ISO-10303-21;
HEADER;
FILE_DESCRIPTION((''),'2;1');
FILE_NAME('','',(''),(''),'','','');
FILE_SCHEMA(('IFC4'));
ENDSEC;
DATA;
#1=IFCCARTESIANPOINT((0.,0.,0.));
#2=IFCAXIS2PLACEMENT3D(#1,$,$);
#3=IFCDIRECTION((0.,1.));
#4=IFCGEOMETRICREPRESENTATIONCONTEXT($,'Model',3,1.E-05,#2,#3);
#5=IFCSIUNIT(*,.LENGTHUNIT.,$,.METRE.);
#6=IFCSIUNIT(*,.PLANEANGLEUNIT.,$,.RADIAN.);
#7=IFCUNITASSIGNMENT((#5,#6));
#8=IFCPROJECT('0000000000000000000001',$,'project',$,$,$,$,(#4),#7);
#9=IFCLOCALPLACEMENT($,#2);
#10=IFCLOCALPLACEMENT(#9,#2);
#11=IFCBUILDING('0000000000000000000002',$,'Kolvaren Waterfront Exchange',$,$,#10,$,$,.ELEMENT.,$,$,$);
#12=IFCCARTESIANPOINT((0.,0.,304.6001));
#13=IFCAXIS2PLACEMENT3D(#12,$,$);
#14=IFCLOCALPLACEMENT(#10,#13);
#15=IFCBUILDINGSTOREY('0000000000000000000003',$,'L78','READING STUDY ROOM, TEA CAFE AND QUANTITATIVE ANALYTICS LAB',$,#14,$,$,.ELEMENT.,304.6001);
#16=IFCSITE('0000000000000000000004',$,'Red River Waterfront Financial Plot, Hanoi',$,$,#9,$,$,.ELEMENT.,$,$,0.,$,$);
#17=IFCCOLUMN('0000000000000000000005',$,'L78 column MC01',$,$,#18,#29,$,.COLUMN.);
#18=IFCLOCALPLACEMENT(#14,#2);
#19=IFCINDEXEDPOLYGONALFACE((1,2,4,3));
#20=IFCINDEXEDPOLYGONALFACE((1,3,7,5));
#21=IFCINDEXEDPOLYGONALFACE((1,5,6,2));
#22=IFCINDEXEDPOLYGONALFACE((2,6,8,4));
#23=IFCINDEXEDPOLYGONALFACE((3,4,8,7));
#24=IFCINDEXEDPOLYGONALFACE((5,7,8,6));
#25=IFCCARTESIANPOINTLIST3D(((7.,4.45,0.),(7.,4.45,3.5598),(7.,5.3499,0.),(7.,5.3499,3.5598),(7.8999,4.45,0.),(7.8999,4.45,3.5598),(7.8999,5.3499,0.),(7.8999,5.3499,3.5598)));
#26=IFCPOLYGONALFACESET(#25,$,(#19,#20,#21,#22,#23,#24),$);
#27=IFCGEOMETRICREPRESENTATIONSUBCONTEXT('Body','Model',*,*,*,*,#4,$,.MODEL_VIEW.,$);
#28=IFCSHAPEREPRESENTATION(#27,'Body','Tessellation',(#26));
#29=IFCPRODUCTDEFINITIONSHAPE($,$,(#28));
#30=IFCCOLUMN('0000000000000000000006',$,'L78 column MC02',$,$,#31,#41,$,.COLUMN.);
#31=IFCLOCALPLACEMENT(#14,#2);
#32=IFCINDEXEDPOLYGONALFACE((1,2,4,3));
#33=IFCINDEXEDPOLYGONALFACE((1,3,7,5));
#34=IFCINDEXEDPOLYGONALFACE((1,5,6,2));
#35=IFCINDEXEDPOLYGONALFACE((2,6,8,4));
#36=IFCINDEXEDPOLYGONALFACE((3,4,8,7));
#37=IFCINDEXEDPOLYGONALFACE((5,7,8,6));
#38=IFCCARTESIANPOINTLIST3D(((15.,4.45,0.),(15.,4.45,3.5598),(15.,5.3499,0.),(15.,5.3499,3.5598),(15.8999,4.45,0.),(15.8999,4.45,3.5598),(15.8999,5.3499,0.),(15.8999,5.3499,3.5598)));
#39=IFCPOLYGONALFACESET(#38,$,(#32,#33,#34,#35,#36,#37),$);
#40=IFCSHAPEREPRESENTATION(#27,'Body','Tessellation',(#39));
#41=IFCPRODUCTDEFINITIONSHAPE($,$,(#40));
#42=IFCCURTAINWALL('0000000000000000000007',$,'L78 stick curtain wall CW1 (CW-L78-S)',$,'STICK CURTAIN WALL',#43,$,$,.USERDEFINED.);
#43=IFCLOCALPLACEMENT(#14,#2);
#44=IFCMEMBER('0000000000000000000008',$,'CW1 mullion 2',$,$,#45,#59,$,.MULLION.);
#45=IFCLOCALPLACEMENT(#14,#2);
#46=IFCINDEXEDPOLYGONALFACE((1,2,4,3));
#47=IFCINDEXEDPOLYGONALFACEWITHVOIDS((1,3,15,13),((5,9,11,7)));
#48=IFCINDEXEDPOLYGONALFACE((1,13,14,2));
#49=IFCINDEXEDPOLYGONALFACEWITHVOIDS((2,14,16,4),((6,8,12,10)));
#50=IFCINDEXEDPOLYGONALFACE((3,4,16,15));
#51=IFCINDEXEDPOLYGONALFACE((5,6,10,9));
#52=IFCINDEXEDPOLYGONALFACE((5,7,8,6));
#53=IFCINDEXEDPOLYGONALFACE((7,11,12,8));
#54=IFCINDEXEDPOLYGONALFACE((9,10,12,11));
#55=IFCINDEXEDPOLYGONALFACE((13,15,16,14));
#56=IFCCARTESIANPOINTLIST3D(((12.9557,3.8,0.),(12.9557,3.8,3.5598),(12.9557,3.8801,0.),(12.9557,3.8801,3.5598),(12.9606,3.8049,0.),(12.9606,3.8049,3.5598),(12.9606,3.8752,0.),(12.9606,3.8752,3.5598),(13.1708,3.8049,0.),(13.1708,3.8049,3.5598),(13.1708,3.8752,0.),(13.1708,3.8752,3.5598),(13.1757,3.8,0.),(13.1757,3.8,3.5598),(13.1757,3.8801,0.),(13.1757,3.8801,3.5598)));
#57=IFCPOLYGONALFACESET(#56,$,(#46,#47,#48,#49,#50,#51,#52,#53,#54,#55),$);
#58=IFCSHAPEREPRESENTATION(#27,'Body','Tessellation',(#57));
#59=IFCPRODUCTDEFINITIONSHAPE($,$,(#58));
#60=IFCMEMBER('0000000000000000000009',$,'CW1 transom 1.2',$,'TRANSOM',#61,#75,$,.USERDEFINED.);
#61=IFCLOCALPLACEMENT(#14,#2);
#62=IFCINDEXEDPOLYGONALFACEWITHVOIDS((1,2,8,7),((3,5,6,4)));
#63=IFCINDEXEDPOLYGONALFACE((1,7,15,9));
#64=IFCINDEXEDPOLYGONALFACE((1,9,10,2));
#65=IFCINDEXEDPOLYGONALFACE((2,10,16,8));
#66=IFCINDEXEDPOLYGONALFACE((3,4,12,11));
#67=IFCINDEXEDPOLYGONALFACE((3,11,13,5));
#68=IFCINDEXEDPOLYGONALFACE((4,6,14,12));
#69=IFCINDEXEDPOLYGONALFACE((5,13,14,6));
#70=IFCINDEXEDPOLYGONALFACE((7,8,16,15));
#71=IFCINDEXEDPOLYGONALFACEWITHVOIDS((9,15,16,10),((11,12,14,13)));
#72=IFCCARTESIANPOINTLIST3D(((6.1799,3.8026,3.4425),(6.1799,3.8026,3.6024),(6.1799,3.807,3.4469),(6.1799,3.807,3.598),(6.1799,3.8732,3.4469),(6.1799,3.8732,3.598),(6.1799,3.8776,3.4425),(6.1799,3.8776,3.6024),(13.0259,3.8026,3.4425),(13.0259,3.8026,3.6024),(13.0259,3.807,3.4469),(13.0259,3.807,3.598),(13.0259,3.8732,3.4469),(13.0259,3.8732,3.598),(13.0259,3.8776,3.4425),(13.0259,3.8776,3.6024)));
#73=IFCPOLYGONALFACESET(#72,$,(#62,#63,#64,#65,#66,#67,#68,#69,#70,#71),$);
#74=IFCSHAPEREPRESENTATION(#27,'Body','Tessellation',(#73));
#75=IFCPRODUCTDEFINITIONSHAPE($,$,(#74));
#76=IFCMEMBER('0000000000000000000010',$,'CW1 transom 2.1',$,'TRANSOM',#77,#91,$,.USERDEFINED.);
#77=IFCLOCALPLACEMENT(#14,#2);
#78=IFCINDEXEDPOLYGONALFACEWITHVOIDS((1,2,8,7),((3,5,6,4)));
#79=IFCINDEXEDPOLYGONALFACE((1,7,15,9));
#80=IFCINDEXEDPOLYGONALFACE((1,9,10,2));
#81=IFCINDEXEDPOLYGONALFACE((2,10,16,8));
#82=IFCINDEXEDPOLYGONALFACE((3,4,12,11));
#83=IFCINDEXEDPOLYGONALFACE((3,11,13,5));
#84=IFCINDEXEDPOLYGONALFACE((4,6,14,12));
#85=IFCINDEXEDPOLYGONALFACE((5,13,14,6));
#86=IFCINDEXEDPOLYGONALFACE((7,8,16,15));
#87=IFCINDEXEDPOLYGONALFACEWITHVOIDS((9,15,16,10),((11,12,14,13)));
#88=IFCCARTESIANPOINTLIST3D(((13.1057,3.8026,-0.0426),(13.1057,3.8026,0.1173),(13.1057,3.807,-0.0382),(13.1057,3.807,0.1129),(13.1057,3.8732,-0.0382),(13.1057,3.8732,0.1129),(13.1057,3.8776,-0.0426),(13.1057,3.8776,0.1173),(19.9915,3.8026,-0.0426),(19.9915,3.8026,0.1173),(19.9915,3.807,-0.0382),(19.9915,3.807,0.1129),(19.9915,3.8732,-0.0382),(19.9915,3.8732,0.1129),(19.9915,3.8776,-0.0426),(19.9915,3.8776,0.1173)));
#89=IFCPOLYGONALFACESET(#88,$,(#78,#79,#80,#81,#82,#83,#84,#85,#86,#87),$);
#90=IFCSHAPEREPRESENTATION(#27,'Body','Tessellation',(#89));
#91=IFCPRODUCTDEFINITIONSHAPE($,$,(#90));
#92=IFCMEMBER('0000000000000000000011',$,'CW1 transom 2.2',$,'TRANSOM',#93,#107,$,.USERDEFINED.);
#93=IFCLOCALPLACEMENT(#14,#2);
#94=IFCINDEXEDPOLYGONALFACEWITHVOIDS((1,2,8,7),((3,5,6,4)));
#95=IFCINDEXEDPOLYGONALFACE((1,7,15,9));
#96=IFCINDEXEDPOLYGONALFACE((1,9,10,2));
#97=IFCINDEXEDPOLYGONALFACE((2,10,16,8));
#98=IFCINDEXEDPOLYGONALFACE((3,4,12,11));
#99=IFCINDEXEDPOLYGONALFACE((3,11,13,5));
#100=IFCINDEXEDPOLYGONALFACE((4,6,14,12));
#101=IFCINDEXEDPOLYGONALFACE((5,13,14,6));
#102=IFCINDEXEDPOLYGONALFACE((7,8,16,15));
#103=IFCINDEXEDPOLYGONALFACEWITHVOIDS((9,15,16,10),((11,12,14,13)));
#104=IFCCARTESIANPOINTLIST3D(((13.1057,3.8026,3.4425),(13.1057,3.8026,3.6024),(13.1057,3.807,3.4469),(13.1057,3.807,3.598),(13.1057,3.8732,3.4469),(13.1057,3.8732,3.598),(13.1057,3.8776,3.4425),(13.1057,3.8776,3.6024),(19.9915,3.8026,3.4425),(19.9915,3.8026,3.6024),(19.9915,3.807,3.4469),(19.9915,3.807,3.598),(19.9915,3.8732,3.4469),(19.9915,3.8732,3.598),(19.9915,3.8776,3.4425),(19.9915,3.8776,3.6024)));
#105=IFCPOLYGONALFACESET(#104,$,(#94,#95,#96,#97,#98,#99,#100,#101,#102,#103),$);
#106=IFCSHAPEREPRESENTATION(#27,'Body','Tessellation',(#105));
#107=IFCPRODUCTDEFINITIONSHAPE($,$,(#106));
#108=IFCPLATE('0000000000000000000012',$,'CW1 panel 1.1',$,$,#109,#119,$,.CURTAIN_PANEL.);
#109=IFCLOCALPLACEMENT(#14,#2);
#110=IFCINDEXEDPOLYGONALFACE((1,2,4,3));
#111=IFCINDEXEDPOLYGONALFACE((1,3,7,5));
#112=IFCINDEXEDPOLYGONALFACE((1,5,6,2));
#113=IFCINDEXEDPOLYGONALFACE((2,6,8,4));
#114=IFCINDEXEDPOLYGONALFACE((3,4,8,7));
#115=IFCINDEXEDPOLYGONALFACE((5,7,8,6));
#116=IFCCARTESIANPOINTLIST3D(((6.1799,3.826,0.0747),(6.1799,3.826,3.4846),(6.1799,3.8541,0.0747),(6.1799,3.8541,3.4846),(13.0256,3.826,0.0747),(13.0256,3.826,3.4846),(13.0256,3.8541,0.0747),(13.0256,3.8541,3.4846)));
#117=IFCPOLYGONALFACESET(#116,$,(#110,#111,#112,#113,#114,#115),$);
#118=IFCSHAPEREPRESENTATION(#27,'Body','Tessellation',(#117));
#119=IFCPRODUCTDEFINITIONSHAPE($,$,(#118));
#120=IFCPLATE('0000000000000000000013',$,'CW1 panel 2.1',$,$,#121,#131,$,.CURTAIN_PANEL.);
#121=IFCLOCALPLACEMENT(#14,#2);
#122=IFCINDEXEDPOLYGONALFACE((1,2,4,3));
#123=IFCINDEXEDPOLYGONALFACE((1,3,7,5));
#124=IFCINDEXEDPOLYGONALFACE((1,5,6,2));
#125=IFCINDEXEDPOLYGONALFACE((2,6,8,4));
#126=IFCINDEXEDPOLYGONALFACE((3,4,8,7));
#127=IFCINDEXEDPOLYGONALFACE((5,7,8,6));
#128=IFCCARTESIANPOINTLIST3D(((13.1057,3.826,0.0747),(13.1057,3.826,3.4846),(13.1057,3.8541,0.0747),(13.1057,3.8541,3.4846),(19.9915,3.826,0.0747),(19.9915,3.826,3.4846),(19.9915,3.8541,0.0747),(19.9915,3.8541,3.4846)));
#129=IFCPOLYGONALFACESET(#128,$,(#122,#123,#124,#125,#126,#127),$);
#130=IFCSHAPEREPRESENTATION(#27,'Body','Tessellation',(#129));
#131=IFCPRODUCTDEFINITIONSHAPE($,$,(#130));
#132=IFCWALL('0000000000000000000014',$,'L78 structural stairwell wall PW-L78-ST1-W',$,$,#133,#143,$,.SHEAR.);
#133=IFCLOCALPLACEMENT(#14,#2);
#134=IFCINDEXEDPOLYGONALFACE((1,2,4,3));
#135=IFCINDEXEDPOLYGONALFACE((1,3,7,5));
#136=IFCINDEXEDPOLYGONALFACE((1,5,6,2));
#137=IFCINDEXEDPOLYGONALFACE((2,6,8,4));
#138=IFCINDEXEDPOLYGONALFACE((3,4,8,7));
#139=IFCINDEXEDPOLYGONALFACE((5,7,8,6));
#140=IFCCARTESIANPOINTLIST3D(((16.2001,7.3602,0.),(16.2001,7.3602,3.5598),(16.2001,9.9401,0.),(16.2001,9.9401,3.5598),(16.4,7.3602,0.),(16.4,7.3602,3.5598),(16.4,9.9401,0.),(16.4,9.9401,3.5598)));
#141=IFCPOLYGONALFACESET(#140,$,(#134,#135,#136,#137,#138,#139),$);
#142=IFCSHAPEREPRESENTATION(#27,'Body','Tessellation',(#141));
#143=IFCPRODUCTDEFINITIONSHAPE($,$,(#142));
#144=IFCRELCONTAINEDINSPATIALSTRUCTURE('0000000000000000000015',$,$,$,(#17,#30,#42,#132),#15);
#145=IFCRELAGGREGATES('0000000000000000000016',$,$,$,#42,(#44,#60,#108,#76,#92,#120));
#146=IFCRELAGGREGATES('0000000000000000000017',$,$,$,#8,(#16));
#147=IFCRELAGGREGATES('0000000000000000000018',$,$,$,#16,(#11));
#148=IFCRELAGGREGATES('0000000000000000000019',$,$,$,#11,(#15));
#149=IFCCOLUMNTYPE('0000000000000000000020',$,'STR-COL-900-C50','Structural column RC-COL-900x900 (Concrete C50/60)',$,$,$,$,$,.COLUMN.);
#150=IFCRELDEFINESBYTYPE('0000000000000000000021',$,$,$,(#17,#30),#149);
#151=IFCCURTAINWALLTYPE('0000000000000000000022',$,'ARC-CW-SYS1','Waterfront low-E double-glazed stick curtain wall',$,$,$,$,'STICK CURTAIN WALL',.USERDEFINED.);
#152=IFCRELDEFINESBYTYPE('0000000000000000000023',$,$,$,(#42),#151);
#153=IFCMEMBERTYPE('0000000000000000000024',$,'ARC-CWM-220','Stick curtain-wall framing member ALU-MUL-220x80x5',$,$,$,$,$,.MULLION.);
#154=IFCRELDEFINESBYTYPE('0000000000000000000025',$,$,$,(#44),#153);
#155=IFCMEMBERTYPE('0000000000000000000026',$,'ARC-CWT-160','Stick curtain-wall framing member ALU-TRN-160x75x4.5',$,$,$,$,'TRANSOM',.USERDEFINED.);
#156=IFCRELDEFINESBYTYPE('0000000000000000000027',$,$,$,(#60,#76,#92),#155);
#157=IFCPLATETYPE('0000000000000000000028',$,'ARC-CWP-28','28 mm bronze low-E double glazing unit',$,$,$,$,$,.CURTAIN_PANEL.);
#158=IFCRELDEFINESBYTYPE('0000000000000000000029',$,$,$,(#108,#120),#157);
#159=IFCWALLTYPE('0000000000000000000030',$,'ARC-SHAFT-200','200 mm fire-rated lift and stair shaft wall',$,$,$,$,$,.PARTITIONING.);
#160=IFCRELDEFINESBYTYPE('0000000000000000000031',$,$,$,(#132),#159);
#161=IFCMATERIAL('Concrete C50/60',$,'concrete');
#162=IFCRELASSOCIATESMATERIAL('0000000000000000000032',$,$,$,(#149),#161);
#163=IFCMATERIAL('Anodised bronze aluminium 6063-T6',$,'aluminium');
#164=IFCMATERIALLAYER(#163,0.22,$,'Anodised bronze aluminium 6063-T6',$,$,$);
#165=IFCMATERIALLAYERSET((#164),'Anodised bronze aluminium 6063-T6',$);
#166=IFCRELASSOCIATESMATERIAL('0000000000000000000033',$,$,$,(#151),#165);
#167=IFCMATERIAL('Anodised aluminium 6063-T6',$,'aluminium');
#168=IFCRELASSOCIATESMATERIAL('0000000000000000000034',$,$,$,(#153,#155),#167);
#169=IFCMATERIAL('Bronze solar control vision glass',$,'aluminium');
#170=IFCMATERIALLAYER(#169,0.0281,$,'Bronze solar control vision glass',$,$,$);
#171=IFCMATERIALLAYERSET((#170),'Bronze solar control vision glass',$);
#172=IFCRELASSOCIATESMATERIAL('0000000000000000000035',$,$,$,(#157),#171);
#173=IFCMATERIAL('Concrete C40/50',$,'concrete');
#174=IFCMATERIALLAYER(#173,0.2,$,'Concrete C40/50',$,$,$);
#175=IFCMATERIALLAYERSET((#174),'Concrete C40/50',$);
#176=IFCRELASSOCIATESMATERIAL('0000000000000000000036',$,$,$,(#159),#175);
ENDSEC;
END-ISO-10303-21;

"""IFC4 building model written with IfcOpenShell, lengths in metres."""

from ifc_helpers import new_model, si_unit, direction, frame, frame_2d, origin, origin_with_axes, origin_2d, place, context, subcontext, project, spatial, rectangle, hollow_rectangle, extrude, source, transform, mapped, material, layer, layer_set, material_profile, profile_set, type_object, element, aggregate, save


model = new_model("IFC4")

# Units and contexts
model_context = context("Model", 3, precision=1e-05, world=origin(), true_north=direction((0.0, 1.0)))
body_context = subcontext(model_context, "Body", "Model", "MODEL_VIEW")
ifc_project = project(units=[si_unit("LENGTHUNIT", "METRE"), si_unit("PLANEANGLEUNIT", "RADIAN")], contexts=[model_context])

# Site, building, storey
site_placement = place(None, origin())
site = spatial("IfcSite", under=ifc_project, at=site_placement, Name="Red River Waterfront Financial Plot, Hanoi", CompositionType="ELEMENT", RefElevation=0.0)
building_placement = place(site_placement, origin())
building = spatial("IfcBuilding", under=site, at=building_placement, Name="Kolvaren Waterfront Exchange", CompositionType="ELEMENT")
storey_placement = place(building_placement, frame((0.0, 0.0, 304.6001)))
storey = spatial("IfcBuildingStorey", under=building, at=storey_placement, Name="L78", Description="READING STUDY ROOM, TEA CAFE AND QUANTITATIVE ANALYTICS LAB", CompositionType="ELEMENT", Elevation=304.6001)

# Columns
ifc_material_1 = material(Name="Concrete C50/60", Category="concrete")
ifc_material_profile_1 = material_profile(ifc_material_1, rectangle(XDim=0.8999, YDim=0.8999, at=origin_2d()), Name="RC-COL-900x900")
ifc_profile_set_1 = profile_set([ifc_material_profile_1], Name="Concrete C50/60")
column_type = type_object("IfcColumnType", Name="STR-COL-900-C50", Description="Structural column RC-COL-900x900 (Concrete C50/60)", PredefinedType="COLUMN", material=ifc_profile_set_1)
for number, where, z_axis, x_axis, name in (
    (1, (7.45, 4.8999, 0.0), (0.0, 0.0, 1.0), (1.0, 0.0, 0.0), "L78 column MC01"),
    (2, (15.45, 4.8999, 0.0), (0.0, 0.0, 1.0), (1.0, 0.0, 0.0), "L78 column MC02"),
):
    element("IfcColumn", number, at=place(storey_placement, frame(where, z_axis=z_axis, x_axis=x_axis)), inside=storey, type_object=column_type, Name=name, PredefinedType="COLUMN", context=body_context, shape_type="SweptSolid", body=[
        extrude(rectangle(XDim=0.8999, YDim=0.8999, at=origin_2d()), origin(), (0.0, 0.0, 1.0), 3.5598),
    ])

# Curtain wall, members, plates
ifc_material_2 = material(Name="Anodised bronze aluminium 6063-T6", Category="aluminium")
ifc_layer_1 = layer(ifc_material_2, 0.22, Name="Anodised bronze aluminium 6063-T6")
ifc_layer_set_1 = layer_set([ifc_layer_1], Name="Anodised bronze aluminium 6063-T6")
curtain_wall_type = type_object("IfcCurtainWallType", Name="ARC-CW-SYS1", Description="Waterfront low-E double-glazed stick curtain wall", ElementType="STICK CURTAIN WALL", PredefinedType="USERDEFINED", material=ifc_layer_set_1)
curtain_wall_placement = place(storey_placement, origin())
curtain_wall = element("IfcCurtainWall", 3, at=curtain_wall_placement, inside=storey, type_object=curtain_wall_type, Name="L78 stick curtain wall CW1 (CW-L78-S)", ObjectType="STICK CURTAIN WALL", PredefinedType="USERDEFINED")
ifc_material_3 = material(Name="Anodised aluminium 6063-T6", Category="aluminium")
ifc_material_profile_2 = material_profile(ifc_material_3, hollow_rectangle(XDim=0.0801, YDim=0.22, WallThickness=0.0049, at=origin_2d()), Name="ALU-MUL-220x80x5")
ifc_profile_set_2 = profile_set([ifc_material_profile_2], Name="Anodised aluminium 6063-T6")
member_type_1 = type_object("IfcMemberType", Name="ARC-CWM-220", Description="Stick curtain-wall framing member ALU-MUL-220x80x5", PredefinedType="MULLION", material=ifc_profile_set_2)
shared_shape_1 = source(origin_with_axes(), body_context, "Body", "SweptSolid", [
    extrude(hollow_rectangle(XDim=0.0801, YDim=0.22, WallThickness=0.0049, at=origin_2d()), origin(), (0.0, 0.0, 1.0), 3.5598),
])
member_1_placement = place(storey_placement, frame((13.0657, 3.8401, 0.0), z_axis=(0.0, 0.0, 1.0), x_axis=(0.0, 1.0, 0.0)))
member_1 = element("IfcMember", 4, at=member_1_placement, type_object=member_type_1, Name="CW1 mullion 2", PredefinedType="MULLION", context=body_context, shape_type="MappedRepresentation", body=[
    mapped(shared_shape_1, transform((0.0, 0.0, 0.0), x_axis=(1.0, 0.0, 0.0), y_axis=(0.0, 1.0, 0.0), z_axis=(0.0, 0.0, 1.0), scale=1.0)),
])
ifc_material_profile_3 = material_profile(ifc_material_3, hollow_rectangle(XDim=0.075, YDim=0.1599, WallThickness=0.0044, at=origin_2d()), Name="ALU-TRN-160x75x4.5")
ifc_profile_set_3 = profile_set([ifc_material_profile_3], Name="Anodised aluminium 6063-T6")
member_type_2 = type_object("IfcMemberType", Name="ARC-CWT-160", Description="Stick curtain-wall framing member ALU-TRN-160x75x4.5", ElementType="TRANSOM", PredefinedType="USERDEFINED", material=ifc_profile_set_3)
shared_shape_2 = source(origin_with_axes(), body_context, "Body", "SweptSolid", [
    extrude(hollow_rectangle(XDim=0.075, YDim=0.1599, WallThickness=0.0044, at=origin_2d()), origin(), (0.0, 0.0, 1.0), 6.8459),
])
member_2_placement = place(storey_placement, frame((6.1799, 3.8401, 3.5225), z_axis=(1.0, 0.0, 0.0), x_axis=(0.0, 1.0, 0.0)))
member_2 = element("IfcMember", 5, at=member_2_placement, type_object=member_type_2, Name="CW1 transom 1.2", ObjectType="TRANSOM", PredefinedType="USERDEFINED", context=body_context, shape_type="MappedRepresentation", body=[
    mapped(shared_shape_2, transform((0.0, 0.0, 0.0), x_axis=(1.0, 0.0, 0.0), y_axis=(0.0, 1.0, 0.0), z_axis=(0.0, 0.0, 1.0), scale=1.0)),
])
shared_shape_3 = source(origin_with_axes(), body_context, "Body", "SweptSolid", [
    extrude(hollow_rectangle(XDim=0.075, YDim=0.1599, WallThickness=0.0044, at=origin_2d()), origin(), (0.0, 0.0, 1.0), 6.8857),
])
member_3_placement = place(storey_placement, frame((13.1057, 3.8401, 0.0374), z_axis=(1.0, 0.0, 0.0), x_axis=(0.0, 1.0, 0.0)))
member_3 = element("IfcMember", 6, at=member_3_placement, type_object=member_type_2, Name="CW1 transom 2.1", ObjectType="TRANSOM", PredefinedType="USERDEFINED", context=body_context, shape_type="MappedRepresentation", body=[
    mapped(shared_shape_3, transform((0.0, 0.0, 0.0), x_axis=(1.0, 0.0, 0.0), y_axis=(0.0, 1.0, 0.0), z_axis=(0.0, 0.0, 1.0), scale=1.0)),
])
member_4_placement = place(storey_placement, frame((13.1057, 3.8401, 3.5225), z_axis=(1.0, 0.0, 0.0), x_axis=(0.0, 1.0, 0.0)))
member_4 = element("IfcMember", 7, at=member_4_placement, type_object=member_type_2, Name="CW1 transom 2.2", ObjectType="TRANSOM", PredefinedType="USERDEFINED", context=body_context, shape_type="MappedRepresentation", body=[
    mapped(shared_shape_3, transform((0.0, 0.0, 0.0), x_axis=(1.0, 0.0, 0.0), y_axis=(0.0, 1.0, 0.0), z_axis=(0.0, 0.0, 1.0), scale=1.0)),
])
ifc_material_4 = material(Name="Bronze solar control vision glass", Category="aluminium")
ifc_layer_2 = layer(ifc_material_4, 0.0281, Name="Bronze solar control vision glass")
ifc_layer_set_2 = layer_set([ifc_layer_2], Name="Bronze solar control vision glass")
plate_type = type_object("IfcPlateType", Name="ARC-CWP-28", Description="28 mm bronze low-E double glazing unit", PredefinedType="CURTAIN_PANEL", material=ifc_layer_set_2)
shared_shape_4 = source(origin_with_axes(), body_context, "Body", "SweptSolid", [
    extrude(rectangle(XDim=6.8457, YDim=0.0281, at=origin_2d()), origin(), (0.0, 0.0, 1.0), 3.4099),
])
plate_1_placement = place(storey_placement, frame((9.6028, 3.8401, 0.0747), z_axis=(0.0, 0.0, 1.0), x_axis=(1.0, 0.0, 0.0)))
plate_1 = element("IfcPlate", 8, at=plate_1_placement, type_object=plate_type, Name="CW1 panel 1.1", PredefinedType="CURTAIN_PANEL", context=body_context, shape_type="MappedRepresentation", body=[
    mapped(shared_shape_4, transform((0.0, 0.0, 0.0), x_axis=(1.0, 0.0, 0.0), y_axis=(0.0, 1.0, 0.0), z_axis=(0.0, 0.0, 1.0), scale=1.0)),
])
shared_shape_5 = source(origin_with_axes(), body_context, "Body", "SweptSolid", [
    extrude(rectangle(XDim=6.8857, YDim=0.0281, at=origin_2d()), origin(), (0.0, 0.0, 1.0), 3.4099),
])
plate_2_placement = place(storey_placement, frame((16.5486, 3.8401, 0.0747), z_axis=(0.0, 0.0, 1.0), x_axis=(1.0, 0.0, 0.0)))
plate_2 = element("IfcPlate", 9, at=plate_2_placement, type_object=plate_type, Name="CW1 panel 2.1", PredefinedType="CURTAIN_PANEL", context=body_context, shape_type="MappedRepresentation", body=[
    mapped(shared_shape_5, transform((0.0, 0.0, 0.0), x_axis=(1.0, 0.0, 0.0), y_axis=(0.0, 1.0, 0.0), z_axis=(0.0, 0.0, 1.0), scale=1.0)),
])
aggregate(curtain_wall, [member_1, member_2, plate_1, member_3, member_4, plate_2])

# Wall
ifc_material_5 = material(Name="Concrete C40/50", Category="concrete")
ifc_layer_3 = layer(ifc_material_5, 0.2, Name="Concrete C40/50")
ifc_layer_set_3 = layer_set([ifc_layer_3], Name="Concrete C40/50")
wall_type_1 = type_object("IfcWallType", Name="ARC-SHAFT-200", Description="200 mm fire-rated lift and stair shaft wall", PredefinedType="PARTITIONING", material=ifc_layer_set_3)
wall_1_placement = place(storey_placement, frame((16.3, 7.3601, 0.0), z_axis=(0.0, 0.0, 1.0), x_axis=(0.0, 1.0, 0.0)))
element("IfcWall", 10, at=wall_1_placement, inside=storey, type_object=wall_type_1, Name="L78 structural stairwell wall PW-L78-ST1-W", PredefinedType="SHEAR", context=body_context, shape_type="SweptSolid", body=[
    extrude(rectangle(XDim=2.5798, YDim=0.2, at=frame_2d((1.29, 0.0))), origin(), (0.0, 0.0, 1.0), 3.5598),
])

save(model, "model.ifc")
